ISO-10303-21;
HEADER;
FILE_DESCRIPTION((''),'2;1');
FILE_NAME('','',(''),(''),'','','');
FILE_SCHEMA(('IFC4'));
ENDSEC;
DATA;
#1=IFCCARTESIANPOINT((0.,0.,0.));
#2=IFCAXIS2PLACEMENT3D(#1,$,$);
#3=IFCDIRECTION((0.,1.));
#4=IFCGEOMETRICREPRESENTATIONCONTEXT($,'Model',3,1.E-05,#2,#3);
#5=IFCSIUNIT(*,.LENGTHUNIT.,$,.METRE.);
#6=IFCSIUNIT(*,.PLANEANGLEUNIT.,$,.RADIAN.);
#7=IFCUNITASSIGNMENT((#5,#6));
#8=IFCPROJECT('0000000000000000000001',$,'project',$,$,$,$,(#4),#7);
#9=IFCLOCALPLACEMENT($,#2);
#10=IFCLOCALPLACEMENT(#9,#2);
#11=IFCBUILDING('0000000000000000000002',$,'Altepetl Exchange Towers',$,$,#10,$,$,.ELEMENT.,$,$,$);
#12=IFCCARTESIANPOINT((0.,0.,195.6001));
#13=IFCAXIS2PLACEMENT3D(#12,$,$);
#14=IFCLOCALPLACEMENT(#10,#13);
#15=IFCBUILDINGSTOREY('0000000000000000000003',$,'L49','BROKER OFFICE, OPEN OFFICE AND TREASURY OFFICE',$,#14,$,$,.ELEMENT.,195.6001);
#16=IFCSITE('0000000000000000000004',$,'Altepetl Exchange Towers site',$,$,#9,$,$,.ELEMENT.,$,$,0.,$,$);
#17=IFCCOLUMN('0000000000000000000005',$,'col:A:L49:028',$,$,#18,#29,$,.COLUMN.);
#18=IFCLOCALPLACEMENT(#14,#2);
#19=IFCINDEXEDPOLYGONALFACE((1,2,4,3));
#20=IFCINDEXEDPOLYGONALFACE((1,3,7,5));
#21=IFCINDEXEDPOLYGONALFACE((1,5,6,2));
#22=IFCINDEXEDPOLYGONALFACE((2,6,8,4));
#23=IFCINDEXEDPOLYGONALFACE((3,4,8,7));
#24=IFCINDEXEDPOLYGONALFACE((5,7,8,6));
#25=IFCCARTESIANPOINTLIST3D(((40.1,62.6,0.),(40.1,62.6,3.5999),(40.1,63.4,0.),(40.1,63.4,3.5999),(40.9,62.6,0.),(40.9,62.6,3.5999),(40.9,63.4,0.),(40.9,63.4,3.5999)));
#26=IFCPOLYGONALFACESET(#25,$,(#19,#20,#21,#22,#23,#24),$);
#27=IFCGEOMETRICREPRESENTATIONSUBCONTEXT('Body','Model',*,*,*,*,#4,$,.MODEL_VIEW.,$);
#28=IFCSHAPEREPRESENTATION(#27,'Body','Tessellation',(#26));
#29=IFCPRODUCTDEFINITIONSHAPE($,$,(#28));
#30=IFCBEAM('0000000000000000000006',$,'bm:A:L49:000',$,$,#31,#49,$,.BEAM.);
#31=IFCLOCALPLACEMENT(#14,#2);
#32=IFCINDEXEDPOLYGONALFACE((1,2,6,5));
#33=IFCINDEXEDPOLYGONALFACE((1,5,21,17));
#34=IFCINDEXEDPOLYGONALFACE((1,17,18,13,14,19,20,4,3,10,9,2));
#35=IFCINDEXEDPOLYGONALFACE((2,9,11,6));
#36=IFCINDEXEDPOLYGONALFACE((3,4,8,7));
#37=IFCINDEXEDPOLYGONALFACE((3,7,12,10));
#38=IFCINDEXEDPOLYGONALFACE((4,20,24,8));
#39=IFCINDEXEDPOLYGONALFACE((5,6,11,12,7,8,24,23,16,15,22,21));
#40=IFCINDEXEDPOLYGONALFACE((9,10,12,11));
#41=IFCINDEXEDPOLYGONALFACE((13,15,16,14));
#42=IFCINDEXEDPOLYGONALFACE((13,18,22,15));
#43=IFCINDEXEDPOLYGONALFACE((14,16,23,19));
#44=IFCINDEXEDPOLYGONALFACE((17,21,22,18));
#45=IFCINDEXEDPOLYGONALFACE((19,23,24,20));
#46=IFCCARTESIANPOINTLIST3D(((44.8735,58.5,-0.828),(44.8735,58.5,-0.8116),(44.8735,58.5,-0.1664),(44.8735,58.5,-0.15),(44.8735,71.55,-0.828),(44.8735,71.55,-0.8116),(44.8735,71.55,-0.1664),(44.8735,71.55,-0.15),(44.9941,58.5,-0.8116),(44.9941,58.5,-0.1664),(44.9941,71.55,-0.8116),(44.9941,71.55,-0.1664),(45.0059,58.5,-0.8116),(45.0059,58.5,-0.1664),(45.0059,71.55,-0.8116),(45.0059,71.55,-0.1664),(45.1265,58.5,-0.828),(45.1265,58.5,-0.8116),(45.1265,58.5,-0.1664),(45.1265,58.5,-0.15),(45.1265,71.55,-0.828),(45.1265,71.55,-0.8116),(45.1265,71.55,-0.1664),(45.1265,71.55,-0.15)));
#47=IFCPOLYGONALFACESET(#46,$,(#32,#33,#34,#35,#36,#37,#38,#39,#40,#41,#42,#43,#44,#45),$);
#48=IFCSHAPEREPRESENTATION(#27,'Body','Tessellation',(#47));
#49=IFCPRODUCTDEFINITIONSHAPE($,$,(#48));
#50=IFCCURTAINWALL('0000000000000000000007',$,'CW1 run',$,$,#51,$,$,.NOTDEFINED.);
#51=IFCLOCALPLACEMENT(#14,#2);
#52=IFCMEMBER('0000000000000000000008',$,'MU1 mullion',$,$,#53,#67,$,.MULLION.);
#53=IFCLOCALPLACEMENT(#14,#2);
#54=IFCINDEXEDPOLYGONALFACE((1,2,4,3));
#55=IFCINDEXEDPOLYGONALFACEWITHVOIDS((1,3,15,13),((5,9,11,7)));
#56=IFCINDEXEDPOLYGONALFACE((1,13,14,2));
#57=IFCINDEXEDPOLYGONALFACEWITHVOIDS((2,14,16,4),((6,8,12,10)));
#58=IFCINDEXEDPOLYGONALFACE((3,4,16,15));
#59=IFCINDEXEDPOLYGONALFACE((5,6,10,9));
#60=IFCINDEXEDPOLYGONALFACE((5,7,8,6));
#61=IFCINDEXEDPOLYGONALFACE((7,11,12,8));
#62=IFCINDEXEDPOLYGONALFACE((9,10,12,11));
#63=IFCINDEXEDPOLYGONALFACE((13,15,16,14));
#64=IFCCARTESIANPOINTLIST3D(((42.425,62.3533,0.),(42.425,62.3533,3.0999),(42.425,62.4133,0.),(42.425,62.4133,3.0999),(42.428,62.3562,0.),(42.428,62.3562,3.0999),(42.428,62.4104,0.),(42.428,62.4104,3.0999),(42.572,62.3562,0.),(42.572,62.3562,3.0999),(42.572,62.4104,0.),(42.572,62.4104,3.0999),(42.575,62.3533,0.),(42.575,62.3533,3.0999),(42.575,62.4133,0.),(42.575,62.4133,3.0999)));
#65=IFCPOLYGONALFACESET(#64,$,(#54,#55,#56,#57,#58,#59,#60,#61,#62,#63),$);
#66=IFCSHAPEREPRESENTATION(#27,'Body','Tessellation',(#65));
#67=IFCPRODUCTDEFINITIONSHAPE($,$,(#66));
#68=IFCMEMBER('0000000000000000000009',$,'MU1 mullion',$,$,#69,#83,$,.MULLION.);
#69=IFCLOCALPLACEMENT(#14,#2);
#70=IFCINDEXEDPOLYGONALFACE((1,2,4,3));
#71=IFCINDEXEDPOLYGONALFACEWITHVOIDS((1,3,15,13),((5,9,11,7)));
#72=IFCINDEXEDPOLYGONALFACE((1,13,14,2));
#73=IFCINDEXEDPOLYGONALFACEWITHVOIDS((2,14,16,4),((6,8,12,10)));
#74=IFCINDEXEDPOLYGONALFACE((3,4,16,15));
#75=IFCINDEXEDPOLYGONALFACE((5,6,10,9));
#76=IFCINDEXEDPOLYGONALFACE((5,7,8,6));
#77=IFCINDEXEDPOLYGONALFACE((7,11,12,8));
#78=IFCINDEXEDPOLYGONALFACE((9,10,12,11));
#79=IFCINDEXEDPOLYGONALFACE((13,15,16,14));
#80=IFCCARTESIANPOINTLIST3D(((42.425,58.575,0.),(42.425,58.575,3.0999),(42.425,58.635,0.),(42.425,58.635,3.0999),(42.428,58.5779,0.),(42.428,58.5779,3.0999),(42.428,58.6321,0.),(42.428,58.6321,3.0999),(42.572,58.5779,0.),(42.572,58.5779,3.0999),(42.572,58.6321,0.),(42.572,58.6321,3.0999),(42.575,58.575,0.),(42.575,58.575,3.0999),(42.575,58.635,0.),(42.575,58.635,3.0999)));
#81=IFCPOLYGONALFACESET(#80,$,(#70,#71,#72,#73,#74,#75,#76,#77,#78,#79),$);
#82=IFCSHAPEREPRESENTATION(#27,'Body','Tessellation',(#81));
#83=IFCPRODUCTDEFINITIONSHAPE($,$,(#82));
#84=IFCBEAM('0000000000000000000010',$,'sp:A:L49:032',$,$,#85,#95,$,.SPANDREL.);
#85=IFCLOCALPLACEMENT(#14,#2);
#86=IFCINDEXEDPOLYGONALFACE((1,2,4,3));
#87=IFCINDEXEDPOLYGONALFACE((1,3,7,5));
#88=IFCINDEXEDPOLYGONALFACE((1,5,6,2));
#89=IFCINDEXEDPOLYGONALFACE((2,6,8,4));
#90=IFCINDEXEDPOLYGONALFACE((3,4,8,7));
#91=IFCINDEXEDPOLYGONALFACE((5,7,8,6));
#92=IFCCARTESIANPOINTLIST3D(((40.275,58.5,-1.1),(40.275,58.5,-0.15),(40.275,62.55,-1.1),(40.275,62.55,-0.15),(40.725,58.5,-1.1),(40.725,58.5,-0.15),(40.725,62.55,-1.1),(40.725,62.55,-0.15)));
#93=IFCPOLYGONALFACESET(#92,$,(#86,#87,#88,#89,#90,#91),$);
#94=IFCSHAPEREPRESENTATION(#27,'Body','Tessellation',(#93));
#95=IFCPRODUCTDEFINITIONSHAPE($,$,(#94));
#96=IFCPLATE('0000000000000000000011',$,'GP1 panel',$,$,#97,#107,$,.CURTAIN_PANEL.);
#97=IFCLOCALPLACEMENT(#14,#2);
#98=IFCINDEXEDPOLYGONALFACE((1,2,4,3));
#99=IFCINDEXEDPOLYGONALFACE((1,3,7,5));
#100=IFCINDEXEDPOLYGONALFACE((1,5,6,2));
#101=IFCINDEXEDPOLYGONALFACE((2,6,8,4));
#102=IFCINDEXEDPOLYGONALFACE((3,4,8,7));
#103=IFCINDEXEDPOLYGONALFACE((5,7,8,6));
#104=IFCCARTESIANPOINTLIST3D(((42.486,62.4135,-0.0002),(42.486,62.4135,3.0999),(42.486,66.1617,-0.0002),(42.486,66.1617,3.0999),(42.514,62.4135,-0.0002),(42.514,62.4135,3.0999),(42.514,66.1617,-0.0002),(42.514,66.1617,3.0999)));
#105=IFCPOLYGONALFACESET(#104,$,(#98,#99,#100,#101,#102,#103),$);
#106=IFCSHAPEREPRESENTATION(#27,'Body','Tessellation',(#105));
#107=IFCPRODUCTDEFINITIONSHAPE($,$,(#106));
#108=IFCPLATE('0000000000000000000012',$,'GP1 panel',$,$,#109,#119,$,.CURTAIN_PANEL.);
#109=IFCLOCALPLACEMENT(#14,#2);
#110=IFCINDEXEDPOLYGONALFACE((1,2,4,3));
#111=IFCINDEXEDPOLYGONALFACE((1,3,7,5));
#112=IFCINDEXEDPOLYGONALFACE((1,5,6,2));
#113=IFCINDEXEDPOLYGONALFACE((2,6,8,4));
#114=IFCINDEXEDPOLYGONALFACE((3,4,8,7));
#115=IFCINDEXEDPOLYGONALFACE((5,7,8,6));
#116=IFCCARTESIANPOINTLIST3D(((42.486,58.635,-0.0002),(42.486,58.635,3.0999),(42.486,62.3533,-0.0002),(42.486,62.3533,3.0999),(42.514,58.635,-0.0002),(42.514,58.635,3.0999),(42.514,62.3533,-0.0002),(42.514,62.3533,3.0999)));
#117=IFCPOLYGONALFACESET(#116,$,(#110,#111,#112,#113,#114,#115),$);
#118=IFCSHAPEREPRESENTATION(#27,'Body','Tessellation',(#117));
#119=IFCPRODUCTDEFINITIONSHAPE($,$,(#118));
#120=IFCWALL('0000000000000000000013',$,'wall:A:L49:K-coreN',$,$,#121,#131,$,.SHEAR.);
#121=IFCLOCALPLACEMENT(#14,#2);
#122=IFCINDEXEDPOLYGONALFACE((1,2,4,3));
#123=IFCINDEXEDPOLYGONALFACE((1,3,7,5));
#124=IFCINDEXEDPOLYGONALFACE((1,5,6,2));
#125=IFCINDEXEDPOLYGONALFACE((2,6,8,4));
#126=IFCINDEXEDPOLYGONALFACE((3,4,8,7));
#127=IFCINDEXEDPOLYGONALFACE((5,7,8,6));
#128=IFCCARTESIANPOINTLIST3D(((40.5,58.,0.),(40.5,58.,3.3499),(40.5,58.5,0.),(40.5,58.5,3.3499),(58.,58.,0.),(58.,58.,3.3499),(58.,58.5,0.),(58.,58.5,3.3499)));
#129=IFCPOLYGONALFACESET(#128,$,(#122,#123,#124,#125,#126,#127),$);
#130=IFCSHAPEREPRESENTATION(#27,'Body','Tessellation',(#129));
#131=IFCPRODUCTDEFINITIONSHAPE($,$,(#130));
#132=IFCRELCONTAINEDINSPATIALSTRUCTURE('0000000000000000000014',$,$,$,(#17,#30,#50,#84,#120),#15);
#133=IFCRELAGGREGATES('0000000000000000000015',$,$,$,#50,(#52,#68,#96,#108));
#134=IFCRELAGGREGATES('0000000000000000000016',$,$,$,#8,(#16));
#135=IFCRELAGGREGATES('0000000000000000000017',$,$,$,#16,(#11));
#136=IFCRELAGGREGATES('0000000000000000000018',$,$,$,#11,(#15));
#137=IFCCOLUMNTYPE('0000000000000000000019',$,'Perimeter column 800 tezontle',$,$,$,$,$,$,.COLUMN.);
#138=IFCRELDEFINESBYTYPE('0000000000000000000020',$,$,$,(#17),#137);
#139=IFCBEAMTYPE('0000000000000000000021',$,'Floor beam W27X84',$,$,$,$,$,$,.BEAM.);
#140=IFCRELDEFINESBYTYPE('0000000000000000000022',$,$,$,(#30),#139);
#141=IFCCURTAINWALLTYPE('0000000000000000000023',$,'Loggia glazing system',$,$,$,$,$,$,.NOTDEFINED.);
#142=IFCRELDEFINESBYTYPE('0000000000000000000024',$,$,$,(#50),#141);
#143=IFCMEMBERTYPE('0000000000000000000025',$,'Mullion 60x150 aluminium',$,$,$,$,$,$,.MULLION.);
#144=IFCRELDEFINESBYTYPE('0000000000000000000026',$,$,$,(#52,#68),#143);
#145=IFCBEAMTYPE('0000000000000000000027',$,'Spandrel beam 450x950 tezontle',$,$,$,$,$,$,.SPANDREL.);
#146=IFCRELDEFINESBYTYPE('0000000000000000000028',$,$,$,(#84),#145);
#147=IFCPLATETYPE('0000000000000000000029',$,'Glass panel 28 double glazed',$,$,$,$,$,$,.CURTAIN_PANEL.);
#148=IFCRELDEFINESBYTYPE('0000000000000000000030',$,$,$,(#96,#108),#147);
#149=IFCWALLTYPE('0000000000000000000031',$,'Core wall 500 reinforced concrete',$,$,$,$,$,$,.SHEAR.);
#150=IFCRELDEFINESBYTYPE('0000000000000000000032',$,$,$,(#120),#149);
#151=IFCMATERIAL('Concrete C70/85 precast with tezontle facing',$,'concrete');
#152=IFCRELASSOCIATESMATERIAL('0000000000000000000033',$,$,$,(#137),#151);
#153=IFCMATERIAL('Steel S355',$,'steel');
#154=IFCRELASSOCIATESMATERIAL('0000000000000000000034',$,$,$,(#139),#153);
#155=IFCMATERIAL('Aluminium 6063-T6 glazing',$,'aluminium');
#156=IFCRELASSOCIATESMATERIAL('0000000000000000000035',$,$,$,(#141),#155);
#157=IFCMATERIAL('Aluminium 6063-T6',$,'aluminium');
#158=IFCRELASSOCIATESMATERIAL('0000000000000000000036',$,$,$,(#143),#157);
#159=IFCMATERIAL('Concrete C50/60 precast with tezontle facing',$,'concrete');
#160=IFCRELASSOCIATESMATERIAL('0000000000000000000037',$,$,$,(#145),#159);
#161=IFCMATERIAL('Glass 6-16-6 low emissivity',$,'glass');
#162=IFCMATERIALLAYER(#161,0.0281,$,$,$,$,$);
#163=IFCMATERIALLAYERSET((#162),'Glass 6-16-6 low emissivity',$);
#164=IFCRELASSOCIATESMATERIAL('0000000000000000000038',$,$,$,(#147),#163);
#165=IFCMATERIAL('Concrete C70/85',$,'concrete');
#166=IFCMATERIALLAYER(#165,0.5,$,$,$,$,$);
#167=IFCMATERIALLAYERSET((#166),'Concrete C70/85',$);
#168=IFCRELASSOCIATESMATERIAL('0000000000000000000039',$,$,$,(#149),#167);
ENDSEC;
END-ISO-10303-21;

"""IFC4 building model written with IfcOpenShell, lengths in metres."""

from ifc_helpers import new_model, si_unit, direction, frame, frame_2d, origin, origin_2d, place, context, subcontext, project, spatial, rectangle, hollow_rectangle, i_section, extrude, material, layer, layer_set, material_profile, profile_set, type_object, element, aggregate, save


model = new_model("IFC4")

# Units and contexts
model_context = context("Model", 3, precision=1e-05, world=origin(), true_north=direction((0.0, 1.0)))
body_context = subcontext(model_context, "Body", "Model", "MODEL_VIEW")
ifc_project = project(units=[si_unit("LENGTHUNIT", "METRE"), si_unit("PLANEANGLEUNIT", "RADIAN")], contexts=[model_context])

# Site, building, storey
site_placement = place(None, origin())
site = spatial("IfcSite", under=ifc_project, at=site_placement, Name="Altepetl Exchange Towers site", CompositionType="ELEMENT", RefElevation=0.0)
building_placement = place(site_placement, origin())
building = spatial("IfcBuilding", under=site, at=building_placement, Name="Altepetl Exchange Towers", CompositionType="ELEMENT")
storey_placement = place(building_placement, frame((0.0, 0.0, 195.6001)))
storey = spatial("IfcBuildingStorey", under=building, at=storey_placement, Name="L49", Description="BROKER OFFICE, OPEN OFFICE AND TREASURY OFFICE", CompositionType="ELEMENT", Elevation=195.6001)

# Column
ifc_material_1 = material(Name="Concrete C70/85 precast with tezontle facing", Category="concrete")
ifc_material_profile_1 = material_profile(ifc_material_1, rectangle(XDim=0.8, YDim=0.8, at=origin_2d()), Name="800 x 800")
ifc_profile_set_1 = profile_set([ifc_material_profile_1], Name="Concrete C70/85 precast with tezontle facing")
column_type = type_object("IfcColumnType", Name="Perimeter column 800 tezontle", PredefinedType="COLUMN", material=ifc_profile_set_1)
column_placement = place(storey_placement, frame((40.5, 63.0, 0.0)))
element("IfcColumn", 1, at=column_placement, inside=storey, type_object=column_type, Name="col:A:L49:028", PredefinedType="COLUMN", context=body_context, shape_type="SweptSolid", body=[
    extrude(rectangle(XDim=0.8, YDim=0.8, at=origin_2d()), origin(), (0.0, 0.0, 1.0), 3.5999),
])

# Beam
ifc_material_2 = material(Name="Steel S355", Category="steel")
ifc_material_profile_2 = material_profile(ifc_material_2, i_section(OverallWidth=0.2529, OverallDepth=0.678, WebThickness=0.0117, FlangeThickness=0.0164, at=origin_2d()), Name="W27X84")
ifc_profile_set_2 = profile_set([ifc_material_profile_2], Name="Steel S355")
beam_type_1 = type_object("IfcBeamType", Name="Floor beam W27X84", PredefinedType="BEAM", material=ifc_profile_set_2)
beam_1_placement = place(storey_placement, frame((45.0, 58.5, -0.489), z_axis=(0.0, 1.0, 0.0), x_axis=(-1.0, 0.0, 0.0)))
element("IfcBeam", 2, at=beam_1_placement, inside=storey, type_object=beam_type_1, Name="bm:A:L49:000", PredefinedType="BEAM", context=body_context, shape_type="SweptSolid", body=[
    extrude(i_section(OverallWidth=0.2529, OverallDepth=0.678, WebThickness=0.0117, FlangeThickness=0.0164, at=origin_2d()), origin(), (0.0, 0.0, 1.0), 13.05),
])

# Curtain wall, members
ifc_material_3 = material(Name="Aluminium 6063-T6 glazing", Category="aluminium")
curtain_wall_type = type_object("IfcCurtainWallType", Name="Loggia glazing system", PredefinedType="NOTDEFINED", material=ifc_material_3)
curtain_wall_placement = place(storey_placement, origin())
curtain_wall = element("IfcCurtainWall", 3, at=curtain_wall_placement, inside=storey, type_object=curtain_wall_type, Name="CW1 run", PredefinedType="NOTDEFINED")
ifc_material_4 = material(Name="Aluminium 6063-T6", Category="aluminium")
ifc_material_profile_3 = material_profile(ifc_material_4, hollow_rectangle(XDim=0.0601, YDim=0.1499, WallThickness=0.0029, at=origin_2d()), Name="Mullion 60x150 aluminium")
ifc_profile_set_3 = profile_set([ifc_material_profile_3], Name="Aluminium 6063-T6")
member_type = type_object("IfcMemberType", Name="Mullion 60x150 aluminium", PredefinedType="MULLION", material=ifc_profile_set_3)
member_1_placement = place(storey_placement, frame((42.5, 62.3833, 0.0), z_axis=(0.0, 0.0, 1.0), x_axis=(0.0, -1.0, 0.0)))
member_1 = element("IfcMember", 4, at=member_1_placement, type_object=member_type, Name="MU1 mullion", PredefinedType="MULLION", context=body_context, shape_type="SweptSolid", body=[
    extrude(hollow_rectangle(XDim=0.0601, YDim=0.1499, WallThickness=0.0029, at=origin_2d()), origin(), (0.0, 0.0, 1.0), 3.0999),
])
member_2_placement = place(storey_placement, frame((42.5, 58.605, 0.0), z_axis=(0.0, 0.0, 1.0), x_axis=(0.0, -1.0, 0.0)))
member_2 = element("IfcMember", 5, at=member_2_placement, type_object=member_type, Name="MU1 mullion", PredefinedType="MULLION", context=body_context, shape_type="SweptSolid", body=[
    extrude(hollow_rectangle(XDim=0.0601, YDim=0.1499, WallThickness=0.0029, at=origin_2d()), origin(), (0.0, 0.0, 1.0), 3.0999),
])

# Beam
ifc_material_5 = material(Name="Concrete C50/60 precast with tezontle facing", Category="concrete")
ifc_material_profile_4 = material_profile(ifc_material_5, rectangle(XDim=0.45, YDim=0.95, at=origin_2d()), Name="450 x 950")
ifc_profile_set_4 = profile_set([ifc_material_profile_4], Name="Concrete C50/60 precast with tezontle facing")
beam_type_2 = type_object("IfcBeamType", Name="Spandrel beam 450x950 tezontle", PredefinedType="SPANDREL", material=ifc_profile_set_4)
beam_2_placement = place(storey_placement, frame((40.5, 62.55, -0.625), z_axis=(0.0, -1.0, 0.0), x_axis=(1.0, 0.0, 0.0)))
element("IfcBeam", 6, at=beam_2_placement, inside=storey, type_object=beam_type_2, Name="sp:A:L49:032", PredefinedType="SPANDREL", context=body_context, shape_type="SweptSolid", body=[
    extrude(rectangle(XDim=0.45, YDim=0.95, at=origin_2d()), origin(), (0.0, 0.0, 1.0), 4.05),
])

# Plates
ifc_material_6 = material(Name="Glass 6-16-6 low emissivity", Category="glass")
ifc_layer_1 = layer(ifc_material_6, 0.0281)
ifc_layer_set_1 = layer_set([ifc_layer_1], Name="Glass 6-16-6 low emissivity")
plate_type = type_object("IfcPlateType", Name="Glass panel 28 double glazed", PredefinedType="CURTAIN_PANEL", material=ifc_layer_set_1)
plate_1_placement = place(storey_placement, frame((42.5, 64.2876, -0.0002), z_axis=(0.0, 0.0, 1.0), x_axis=(0.0, -1.0, 0.0)))
plate_1 = element("IfcPlate", 7, at=plate_1_placement, type_object=plate_type, Name="GP1 panel", PredefinedType="CURTAIN_PANEL", context=body_context, shape_type="SweptSolid", body=[
    extrude(rectangle(XDim=3.7483, YDim=0.0281, at=origin_2d()), origin(), (0.0, 0.0, 1.0), 3.1001),
])
plate_2_placement = place(storey_placement, frame((42.5, 60.4941, -0.0002), z_axis=(0.0, 0.0, 1.0), x_axis=(0.0, -1.0, 0.0)))
plate_2 = element("IfcPlate", 8, at=plate_2_placement, type_object=plate_type, Name="GP1 panel", PredefinedType="CURTAIN_PANEL", context=body_context, shape_type="SweptSolid", body=[
    extrude(rectangle(XDim=3.7183, YDim=0.0281, at=origin_2d()), origin(), (0.0, 0.0, 1.0), 3.1001),
])
aggregate(curtain_wall, [member_1, member_2, plate_1, plate_2])

# Wall
ifc_material_7 = material(Name="Concrete C70/85", Category="concrete")
ifc_layer_2 = layer(ifc_material_7, 0.5)
ifc_layer_set_2 = layer_set([ifc_layer_2], Name="Concrete C70/85")
wall_type_1 = type_object("IfcWallType", Name="Core wall 500 reinforced concrete", PredefinedType="SHEAR", material=ifc_layer_set_2)
wall_1_placement = place(storey_placement, frame((40.5, 58.25, 0.0)))
element("IfcWall", 9, at=wall_1_placement, inside=storey, type_object=wall_type_1, Name="wall:A:L49:K-coreN", PredefinedType="SHEAR", context=body_context, shape_type="SweptSolid", body=[
    extrude(rectangle(XDim=17.5, YDim=0.5, at=frame_2d((8.75, 0.0))), origin(), (0.0, 0.0, 1.0), 3.3499),
])

save(model, "model.ifc")
